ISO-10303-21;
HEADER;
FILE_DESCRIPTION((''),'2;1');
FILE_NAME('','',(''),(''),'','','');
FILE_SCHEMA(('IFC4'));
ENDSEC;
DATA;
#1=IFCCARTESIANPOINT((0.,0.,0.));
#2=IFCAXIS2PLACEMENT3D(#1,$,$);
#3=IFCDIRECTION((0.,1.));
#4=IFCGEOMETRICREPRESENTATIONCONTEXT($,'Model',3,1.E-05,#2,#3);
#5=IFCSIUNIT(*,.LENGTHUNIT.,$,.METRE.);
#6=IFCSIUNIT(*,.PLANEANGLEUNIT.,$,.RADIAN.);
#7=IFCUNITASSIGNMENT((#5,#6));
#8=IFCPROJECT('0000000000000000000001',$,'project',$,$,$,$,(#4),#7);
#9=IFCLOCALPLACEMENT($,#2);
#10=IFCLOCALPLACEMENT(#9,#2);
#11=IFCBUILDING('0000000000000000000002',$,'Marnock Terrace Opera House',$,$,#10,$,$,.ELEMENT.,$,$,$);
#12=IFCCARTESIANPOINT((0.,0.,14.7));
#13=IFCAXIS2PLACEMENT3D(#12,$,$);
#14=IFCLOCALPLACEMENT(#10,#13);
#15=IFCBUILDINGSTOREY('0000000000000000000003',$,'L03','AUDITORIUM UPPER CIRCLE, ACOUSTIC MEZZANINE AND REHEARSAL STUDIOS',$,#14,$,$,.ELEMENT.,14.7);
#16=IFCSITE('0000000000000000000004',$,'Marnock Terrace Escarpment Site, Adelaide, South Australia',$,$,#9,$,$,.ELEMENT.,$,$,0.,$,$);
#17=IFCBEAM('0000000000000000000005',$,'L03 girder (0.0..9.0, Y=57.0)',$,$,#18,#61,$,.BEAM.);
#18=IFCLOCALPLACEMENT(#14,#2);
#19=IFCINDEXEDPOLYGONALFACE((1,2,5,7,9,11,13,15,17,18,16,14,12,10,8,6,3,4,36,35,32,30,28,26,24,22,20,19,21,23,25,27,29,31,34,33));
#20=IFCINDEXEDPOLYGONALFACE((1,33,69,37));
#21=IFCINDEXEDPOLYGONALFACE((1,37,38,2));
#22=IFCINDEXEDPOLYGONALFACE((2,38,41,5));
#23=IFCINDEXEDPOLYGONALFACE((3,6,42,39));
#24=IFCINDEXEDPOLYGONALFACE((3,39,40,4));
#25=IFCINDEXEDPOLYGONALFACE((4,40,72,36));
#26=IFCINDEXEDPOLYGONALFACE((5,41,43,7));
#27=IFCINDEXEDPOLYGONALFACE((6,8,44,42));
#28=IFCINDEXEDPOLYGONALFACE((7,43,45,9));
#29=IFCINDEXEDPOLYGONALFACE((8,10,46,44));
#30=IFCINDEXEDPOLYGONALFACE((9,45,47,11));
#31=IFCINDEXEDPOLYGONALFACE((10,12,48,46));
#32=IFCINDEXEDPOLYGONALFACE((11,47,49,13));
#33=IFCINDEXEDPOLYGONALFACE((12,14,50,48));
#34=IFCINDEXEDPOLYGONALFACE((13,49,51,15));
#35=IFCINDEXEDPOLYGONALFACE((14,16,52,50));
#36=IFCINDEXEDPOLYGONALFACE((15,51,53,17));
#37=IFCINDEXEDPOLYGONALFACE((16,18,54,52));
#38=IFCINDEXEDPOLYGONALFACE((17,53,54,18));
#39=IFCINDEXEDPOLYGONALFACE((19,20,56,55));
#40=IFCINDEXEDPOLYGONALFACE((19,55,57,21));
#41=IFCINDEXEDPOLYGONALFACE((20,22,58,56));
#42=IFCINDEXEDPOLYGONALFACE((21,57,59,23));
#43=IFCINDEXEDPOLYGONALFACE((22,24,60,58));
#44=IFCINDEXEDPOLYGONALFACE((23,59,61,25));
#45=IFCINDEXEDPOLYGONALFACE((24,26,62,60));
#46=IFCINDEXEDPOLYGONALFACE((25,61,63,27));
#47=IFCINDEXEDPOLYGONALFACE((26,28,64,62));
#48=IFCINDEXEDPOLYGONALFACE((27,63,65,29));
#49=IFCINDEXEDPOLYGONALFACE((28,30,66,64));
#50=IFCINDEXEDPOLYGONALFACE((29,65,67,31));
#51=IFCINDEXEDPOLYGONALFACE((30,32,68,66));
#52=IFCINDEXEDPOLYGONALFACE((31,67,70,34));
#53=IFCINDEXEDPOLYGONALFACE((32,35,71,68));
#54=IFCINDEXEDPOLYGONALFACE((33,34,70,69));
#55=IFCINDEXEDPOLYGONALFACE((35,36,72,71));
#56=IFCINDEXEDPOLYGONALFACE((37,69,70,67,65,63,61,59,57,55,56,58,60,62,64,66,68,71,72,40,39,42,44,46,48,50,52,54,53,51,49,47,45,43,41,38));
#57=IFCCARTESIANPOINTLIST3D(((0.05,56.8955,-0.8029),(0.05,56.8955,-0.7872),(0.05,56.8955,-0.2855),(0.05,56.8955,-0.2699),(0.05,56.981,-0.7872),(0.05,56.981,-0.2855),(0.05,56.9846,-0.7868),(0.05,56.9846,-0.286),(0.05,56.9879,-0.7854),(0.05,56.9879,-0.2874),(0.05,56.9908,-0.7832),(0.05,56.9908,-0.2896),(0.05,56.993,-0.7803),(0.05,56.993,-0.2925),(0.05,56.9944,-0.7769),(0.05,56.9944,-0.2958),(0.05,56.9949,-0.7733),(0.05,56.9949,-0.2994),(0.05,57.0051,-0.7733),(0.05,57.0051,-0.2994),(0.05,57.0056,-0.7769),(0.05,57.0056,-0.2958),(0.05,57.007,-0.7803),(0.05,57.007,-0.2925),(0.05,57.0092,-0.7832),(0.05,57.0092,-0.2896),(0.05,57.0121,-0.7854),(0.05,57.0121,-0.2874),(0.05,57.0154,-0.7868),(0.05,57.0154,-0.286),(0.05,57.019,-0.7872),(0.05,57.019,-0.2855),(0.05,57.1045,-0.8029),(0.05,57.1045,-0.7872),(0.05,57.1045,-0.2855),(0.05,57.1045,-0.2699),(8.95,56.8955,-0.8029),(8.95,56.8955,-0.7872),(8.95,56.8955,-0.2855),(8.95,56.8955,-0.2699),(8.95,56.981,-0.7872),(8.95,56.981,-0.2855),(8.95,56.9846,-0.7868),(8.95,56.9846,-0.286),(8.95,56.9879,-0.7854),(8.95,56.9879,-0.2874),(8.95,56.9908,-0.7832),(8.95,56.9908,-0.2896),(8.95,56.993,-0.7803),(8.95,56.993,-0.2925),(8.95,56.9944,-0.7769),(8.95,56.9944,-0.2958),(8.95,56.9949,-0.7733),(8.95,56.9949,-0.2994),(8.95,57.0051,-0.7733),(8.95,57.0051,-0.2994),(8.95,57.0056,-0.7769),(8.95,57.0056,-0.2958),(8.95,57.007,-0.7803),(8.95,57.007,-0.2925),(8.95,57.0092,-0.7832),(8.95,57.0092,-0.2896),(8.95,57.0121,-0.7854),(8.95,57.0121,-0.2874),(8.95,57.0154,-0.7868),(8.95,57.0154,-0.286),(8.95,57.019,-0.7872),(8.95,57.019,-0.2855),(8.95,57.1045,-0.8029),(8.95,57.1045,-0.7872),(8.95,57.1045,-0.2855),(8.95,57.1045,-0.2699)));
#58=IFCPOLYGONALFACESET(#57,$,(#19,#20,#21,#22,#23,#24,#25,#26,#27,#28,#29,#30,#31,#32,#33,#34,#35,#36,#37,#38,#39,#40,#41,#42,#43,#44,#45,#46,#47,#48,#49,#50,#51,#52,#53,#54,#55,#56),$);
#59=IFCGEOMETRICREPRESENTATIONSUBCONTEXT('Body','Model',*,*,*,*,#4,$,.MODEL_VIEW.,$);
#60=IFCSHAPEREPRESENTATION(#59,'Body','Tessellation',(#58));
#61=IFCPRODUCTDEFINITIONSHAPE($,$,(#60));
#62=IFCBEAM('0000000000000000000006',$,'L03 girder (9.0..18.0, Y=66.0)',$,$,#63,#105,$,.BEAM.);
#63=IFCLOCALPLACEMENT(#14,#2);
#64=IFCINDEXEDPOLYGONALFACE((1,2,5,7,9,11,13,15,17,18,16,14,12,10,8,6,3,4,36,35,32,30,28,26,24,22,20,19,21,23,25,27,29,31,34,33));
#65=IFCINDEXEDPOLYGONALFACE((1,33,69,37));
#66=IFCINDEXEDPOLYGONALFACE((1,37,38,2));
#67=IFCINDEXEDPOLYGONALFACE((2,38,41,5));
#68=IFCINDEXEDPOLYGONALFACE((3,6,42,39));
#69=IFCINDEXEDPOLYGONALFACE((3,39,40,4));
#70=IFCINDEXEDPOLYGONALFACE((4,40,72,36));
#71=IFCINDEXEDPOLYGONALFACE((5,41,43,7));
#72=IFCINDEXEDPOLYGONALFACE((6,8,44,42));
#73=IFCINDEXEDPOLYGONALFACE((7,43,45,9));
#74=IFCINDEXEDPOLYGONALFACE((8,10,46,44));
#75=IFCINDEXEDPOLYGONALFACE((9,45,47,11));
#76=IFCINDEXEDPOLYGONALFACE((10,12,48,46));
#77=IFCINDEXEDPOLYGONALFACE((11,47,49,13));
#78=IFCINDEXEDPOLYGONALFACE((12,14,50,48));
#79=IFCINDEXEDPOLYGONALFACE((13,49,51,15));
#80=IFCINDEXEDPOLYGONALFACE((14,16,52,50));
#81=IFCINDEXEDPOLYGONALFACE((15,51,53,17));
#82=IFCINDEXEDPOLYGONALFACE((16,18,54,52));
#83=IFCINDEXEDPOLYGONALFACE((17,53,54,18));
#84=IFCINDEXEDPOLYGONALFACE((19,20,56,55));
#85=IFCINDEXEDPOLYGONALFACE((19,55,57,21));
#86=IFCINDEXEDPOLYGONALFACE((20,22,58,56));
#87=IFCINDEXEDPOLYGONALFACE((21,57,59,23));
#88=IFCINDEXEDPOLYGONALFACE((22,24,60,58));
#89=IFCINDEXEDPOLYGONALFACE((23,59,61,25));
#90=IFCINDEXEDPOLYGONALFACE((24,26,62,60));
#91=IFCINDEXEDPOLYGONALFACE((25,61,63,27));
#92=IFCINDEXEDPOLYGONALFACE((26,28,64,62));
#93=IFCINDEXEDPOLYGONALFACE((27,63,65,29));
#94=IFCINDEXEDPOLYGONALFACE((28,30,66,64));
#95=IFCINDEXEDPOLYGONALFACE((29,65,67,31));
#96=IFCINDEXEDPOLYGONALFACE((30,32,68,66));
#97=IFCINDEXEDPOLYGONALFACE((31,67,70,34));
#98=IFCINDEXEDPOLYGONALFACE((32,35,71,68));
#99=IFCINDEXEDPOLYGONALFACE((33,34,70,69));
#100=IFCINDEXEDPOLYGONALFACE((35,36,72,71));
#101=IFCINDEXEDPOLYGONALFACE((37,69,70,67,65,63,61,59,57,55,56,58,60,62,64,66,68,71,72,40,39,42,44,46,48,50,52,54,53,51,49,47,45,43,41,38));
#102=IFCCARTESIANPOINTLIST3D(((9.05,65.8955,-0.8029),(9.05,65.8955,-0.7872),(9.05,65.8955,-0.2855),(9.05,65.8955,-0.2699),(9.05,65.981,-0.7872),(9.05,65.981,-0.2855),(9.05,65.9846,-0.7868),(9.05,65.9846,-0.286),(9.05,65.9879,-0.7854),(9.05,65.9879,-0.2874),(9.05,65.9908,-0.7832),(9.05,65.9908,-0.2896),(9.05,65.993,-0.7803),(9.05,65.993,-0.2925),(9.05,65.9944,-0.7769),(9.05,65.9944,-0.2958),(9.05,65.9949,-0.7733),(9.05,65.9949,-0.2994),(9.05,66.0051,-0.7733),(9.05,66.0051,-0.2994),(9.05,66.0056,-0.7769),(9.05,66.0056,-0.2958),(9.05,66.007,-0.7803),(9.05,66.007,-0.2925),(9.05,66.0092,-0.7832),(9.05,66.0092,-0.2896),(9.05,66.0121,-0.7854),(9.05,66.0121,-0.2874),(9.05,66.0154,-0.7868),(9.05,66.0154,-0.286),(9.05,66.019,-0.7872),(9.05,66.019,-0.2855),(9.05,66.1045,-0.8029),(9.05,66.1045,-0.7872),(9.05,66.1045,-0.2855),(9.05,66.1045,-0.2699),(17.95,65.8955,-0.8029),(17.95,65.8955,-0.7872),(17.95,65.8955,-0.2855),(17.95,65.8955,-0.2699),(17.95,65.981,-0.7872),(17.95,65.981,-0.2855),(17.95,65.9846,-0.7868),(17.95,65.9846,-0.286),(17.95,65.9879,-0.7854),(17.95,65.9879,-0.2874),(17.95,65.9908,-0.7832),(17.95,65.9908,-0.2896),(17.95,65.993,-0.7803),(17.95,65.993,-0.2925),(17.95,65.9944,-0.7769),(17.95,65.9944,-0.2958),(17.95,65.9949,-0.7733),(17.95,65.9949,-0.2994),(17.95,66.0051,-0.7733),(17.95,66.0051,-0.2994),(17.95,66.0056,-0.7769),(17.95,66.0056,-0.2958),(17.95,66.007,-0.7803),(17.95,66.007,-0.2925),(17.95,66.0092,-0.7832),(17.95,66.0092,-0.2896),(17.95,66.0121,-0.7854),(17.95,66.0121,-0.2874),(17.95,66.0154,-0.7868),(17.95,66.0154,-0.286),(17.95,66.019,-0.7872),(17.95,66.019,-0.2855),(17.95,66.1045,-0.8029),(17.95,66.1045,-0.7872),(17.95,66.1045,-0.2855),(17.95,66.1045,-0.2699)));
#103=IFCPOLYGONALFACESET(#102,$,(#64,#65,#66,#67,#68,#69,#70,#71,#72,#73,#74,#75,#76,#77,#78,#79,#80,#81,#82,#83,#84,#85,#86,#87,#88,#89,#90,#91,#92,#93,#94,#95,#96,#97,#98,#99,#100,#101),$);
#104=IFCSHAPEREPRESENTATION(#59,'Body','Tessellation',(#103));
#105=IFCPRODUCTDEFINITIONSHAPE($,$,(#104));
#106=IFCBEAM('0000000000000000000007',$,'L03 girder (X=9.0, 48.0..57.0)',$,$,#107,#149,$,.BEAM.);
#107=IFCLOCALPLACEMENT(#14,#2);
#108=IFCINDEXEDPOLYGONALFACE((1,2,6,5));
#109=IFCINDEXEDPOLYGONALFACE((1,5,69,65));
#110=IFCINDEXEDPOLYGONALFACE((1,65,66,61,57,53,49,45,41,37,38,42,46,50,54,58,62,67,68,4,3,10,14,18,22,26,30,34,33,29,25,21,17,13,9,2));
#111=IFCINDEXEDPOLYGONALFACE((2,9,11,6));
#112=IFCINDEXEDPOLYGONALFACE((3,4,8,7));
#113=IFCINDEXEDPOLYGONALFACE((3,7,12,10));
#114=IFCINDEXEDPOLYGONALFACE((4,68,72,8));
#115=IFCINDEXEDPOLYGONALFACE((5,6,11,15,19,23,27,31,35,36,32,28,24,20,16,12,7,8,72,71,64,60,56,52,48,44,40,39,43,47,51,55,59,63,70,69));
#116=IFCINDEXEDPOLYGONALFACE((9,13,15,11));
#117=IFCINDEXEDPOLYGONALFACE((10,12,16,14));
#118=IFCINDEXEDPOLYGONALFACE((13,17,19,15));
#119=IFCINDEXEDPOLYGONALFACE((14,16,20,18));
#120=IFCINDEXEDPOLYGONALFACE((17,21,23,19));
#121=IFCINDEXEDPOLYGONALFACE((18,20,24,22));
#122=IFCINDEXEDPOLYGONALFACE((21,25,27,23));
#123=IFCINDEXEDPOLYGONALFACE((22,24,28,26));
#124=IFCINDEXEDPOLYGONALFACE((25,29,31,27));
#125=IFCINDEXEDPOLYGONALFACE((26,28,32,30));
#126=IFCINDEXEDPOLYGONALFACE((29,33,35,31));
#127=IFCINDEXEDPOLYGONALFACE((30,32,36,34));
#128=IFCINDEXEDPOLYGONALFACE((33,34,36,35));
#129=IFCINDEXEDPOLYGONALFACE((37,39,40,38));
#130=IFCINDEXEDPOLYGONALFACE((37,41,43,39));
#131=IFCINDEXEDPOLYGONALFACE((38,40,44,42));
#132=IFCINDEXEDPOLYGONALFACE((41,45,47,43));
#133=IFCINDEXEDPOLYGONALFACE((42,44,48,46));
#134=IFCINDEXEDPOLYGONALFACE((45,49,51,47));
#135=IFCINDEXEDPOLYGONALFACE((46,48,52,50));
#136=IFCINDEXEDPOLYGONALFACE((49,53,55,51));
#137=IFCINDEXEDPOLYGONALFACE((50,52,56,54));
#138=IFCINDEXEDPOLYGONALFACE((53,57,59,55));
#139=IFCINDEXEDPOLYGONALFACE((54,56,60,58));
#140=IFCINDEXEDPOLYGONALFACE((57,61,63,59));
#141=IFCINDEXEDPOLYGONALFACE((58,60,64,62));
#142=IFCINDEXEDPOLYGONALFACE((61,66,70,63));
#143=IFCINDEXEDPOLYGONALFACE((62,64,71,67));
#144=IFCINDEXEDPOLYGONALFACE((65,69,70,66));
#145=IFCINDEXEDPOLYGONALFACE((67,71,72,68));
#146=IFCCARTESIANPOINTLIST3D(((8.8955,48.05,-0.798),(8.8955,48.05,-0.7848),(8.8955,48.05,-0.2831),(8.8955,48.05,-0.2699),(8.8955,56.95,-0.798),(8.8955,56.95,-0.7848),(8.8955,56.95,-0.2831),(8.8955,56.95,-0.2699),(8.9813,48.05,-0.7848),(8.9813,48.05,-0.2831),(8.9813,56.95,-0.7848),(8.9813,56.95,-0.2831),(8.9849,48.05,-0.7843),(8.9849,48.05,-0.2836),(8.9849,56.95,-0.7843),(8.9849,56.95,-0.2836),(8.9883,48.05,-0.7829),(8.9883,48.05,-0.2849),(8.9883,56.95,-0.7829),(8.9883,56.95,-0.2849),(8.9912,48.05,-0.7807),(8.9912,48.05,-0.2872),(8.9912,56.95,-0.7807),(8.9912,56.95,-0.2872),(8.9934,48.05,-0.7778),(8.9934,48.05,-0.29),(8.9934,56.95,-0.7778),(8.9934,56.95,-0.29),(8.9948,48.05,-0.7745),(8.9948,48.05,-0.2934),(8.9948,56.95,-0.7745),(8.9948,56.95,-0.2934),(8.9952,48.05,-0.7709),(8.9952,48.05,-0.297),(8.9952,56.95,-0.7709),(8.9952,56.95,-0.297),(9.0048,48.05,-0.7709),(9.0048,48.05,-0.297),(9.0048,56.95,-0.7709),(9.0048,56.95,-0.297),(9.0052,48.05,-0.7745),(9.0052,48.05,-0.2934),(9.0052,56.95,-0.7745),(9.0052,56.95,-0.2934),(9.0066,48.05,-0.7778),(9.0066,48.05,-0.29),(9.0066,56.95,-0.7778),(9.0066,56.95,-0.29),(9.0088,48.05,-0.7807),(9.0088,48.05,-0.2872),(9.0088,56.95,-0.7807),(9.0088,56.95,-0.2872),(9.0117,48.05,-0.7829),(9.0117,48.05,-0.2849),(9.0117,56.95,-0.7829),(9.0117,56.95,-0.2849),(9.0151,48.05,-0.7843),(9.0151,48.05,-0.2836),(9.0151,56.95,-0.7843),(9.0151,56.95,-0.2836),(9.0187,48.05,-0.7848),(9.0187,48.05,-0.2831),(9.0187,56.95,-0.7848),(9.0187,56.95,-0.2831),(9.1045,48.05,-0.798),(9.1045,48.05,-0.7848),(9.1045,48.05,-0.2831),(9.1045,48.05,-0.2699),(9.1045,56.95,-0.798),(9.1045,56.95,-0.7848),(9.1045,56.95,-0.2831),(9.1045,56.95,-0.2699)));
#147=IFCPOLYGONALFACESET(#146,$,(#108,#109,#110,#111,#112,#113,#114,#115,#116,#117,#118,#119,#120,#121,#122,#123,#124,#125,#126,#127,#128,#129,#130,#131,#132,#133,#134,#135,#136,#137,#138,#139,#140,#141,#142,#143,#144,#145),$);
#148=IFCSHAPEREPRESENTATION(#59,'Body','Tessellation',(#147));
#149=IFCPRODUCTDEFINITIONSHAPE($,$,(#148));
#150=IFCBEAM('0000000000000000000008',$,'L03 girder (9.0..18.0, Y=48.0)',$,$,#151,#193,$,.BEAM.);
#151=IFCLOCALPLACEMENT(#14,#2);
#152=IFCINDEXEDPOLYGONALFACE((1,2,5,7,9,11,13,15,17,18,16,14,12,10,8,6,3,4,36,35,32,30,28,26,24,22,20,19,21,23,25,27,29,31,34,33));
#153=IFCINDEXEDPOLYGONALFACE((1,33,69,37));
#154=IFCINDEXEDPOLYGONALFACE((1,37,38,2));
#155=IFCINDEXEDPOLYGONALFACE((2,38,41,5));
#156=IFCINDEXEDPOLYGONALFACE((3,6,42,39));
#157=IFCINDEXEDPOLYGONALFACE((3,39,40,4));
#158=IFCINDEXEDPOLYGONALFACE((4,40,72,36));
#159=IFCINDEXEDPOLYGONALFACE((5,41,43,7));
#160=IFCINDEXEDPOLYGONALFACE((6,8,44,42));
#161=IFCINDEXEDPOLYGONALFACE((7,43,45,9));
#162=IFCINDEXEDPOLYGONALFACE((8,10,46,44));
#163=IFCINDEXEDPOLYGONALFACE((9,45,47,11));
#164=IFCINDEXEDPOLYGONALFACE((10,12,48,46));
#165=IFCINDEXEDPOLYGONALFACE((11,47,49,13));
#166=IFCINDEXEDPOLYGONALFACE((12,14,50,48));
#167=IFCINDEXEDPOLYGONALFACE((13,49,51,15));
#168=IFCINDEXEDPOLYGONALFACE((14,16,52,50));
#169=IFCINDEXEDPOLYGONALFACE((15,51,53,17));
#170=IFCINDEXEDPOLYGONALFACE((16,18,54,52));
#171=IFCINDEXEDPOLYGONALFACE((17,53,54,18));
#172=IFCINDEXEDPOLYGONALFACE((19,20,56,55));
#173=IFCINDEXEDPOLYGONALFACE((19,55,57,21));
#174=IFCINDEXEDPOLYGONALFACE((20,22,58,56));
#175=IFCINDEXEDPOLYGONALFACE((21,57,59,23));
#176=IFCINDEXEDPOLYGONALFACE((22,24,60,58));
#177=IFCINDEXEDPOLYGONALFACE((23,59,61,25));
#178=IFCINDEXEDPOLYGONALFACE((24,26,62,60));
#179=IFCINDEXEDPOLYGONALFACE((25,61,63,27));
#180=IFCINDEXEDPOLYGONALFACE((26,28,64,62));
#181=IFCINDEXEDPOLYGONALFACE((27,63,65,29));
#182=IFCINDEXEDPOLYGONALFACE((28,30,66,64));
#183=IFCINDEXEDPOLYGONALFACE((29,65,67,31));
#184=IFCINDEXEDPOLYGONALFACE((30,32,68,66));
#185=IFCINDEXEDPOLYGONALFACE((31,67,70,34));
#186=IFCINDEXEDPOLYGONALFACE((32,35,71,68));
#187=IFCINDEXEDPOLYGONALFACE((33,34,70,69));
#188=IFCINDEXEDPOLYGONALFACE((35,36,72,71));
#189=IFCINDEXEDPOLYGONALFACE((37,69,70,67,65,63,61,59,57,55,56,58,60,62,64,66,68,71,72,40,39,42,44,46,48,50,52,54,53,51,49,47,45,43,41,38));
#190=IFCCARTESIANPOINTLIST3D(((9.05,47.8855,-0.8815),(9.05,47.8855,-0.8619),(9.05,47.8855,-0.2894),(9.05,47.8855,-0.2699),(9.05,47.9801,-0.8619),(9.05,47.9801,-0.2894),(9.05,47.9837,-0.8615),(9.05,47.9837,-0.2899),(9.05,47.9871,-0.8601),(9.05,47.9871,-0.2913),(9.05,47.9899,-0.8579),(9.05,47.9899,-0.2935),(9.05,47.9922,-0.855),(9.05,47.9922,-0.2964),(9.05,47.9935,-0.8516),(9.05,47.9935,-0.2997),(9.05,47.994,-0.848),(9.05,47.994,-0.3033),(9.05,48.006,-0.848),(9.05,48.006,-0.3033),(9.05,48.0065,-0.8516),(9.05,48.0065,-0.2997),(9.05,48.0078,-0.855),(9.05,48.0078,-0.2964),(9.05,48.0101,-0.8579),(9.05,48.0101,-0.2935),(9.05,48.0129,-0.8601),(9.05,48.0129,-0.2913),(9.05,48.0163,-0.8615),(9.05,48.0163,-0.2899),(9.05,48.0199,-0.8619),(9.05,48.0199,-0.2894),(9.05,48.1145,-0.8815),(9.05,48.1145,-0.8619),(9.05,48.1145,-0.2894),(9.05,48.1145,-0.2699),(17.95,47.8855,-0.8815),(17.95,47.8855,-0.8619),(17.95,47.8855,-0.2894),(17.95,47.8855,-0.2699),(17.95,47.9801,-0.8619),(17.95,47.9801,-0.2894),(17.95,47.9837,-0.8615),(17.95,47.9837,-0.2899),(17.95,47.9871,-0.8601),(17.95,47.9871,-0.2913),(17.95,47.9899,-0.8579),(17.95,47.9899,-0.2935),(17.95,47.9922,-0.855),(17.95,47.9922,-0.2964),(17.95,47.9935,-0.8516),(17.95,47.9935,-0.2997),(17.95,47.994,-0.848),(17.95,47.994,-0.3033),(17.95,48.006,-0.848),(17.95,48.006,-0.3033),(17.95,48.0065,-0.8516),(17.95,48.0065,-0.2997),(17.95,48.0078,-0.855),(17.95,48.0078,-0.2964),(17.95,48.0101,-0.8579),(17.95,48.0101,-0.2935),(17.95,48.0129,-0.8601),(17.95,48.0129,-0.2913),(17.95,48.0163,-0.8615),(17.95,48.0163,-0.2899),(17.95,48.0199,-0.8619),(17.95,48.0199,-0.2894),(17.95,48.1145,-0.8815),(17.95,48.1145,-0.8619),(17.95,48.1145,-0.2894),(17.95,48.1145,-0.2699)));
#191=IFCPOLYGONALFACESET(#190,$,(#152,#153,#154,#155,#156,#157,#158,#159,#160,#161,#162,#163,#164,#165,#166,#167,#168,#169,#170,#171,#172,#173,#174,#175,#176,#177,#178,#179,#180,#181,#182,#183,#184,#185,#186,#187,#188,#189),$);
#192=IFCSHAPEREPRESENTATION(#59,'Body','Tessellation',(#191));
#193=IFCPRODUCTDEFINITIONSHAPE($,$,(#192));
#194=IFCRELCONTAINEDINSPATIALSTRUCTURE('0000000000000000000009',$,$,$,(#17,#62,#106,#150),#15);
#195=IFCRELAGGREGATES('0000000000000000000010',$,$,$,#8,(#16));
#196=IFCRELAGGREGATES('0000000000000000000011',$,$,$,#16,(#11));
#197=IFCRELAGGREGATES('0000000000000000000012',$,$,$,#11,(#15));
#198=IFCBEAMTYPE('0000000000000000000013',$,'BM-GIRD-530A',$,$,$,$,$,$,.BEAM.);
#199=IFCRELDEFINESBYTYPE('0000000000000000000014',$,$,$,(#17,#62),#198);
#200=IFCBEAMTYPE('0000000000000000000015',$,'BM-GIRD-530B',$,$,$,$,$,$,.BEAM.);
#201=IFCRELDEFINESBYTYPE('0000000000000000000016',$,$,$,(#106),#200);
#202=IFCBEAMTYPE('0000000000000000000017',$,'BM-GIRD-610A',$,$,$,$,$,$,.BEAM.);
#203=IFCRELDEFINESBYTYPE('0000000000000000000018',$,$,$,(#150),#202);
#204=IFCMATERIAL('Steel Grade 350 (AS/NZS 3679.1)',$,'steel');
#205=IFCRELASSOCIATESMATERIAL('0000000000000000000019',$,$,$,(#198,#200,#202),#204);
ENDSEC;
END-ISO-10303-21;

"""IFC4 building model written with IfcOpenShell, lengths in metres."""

from ifc_helpers import new_model, si_unit, direction, frame, origin, origin_2d, place, context, subcontext, project, spatial, i_section, extrude, material, material_profile, profile_set, type_object, element, save


model = new_model("IFC4")

# Units and contexts
model_context = context("Model", 3, precision=1e-05, world=origin(), true_north=direction((0.0, 1.0)))
body_context = subcontext(model_context, "Body", "Model", "MODEL_VIEW")
ifc_project = project(units=[si_unit("LENGTHUNIT", "METRE"), si_unit("PLANEANGLEUNIT", "RADIAN")], contexts=[model_context])

# Site, building, storey
site_placement = place(None, origin())
site = spatial("IfcSite", under=ifc_project, at=site_placement, Name="Marnock Terrace Escarpment Site, Adelaide, South Australia", CompositionType="ELEMENT", RefElevation=0.0)
building_placement = place(site_placement, origin())
building = spatial("IfcBuilding", under=site, at=building_placement, Name="Marnock Terrace Opera House", CompositionType="ELEMENT")
storey_placement = place(building_placement, frame((0.0, 0.0, 14.7)))
storey = spatial("IfcBuildingStorey", under=building, at=storey_placement, Name="L03", Description="AUDITORIUM UPPER CIRCLE, ACOUSTIC MEZZANINE AND REHEARSAL STUDIOS", CompositionType="ELEMENT", Elevation=14.7)

# Shared definitions
ifc_material_1 = material(Name="Steel Grade 350 (AS/NZS 3679.1)", Category="steel")

# Beams
ifc_material_profile_1 = material_profile(ifc_material_1, i_section(OverallWidth=0.209, OverallDepth=0.533, WebThickness=0.0103, FlangeThickness=0.0156, FilletRadius=0.0139, at=origin_2d()))
ifc_profile_set_1 = profile_set([ifc_material_profile_1], Name="Steel Grade 350 (AS/NZS 3679.1)")
beam_type_1 = type_object("IfcBeamType", Name="BM-GIRD-530A", PredefinedType="BEAM", material=ifc_profile_set_1)
for number, where, z_axis, x_axis, name in (
    (1, (0.05, 57.0, -0.5364), (1.0, 0.0, 0.0), (0.0, 1.0, 0.0), "L03 girder (0.0..9.0, Y=57.0)"),
    (2, (9.05, 66.0, -0.5364), (1.0, 0.0, 0.0), (0.0, 1.0, 0.0), "L03 girder (9.0..18.0, Y=66.0)"),
):
    element("IfcBeam", number, at=place(storey_placement, frame(where, z_axis=z_axis, x_axis=x_axis)), inside=storey, type_object=beam_type_1, Name=name, PredefinedType="BEAM", context=body_context, shape_type="SweptSolid", body=[
        extrude(i_section(OverallWidth=0.209, OverallDepth=0.533, WebThickness=0.0103, FlangeThickness=0.0156, FilletRadius=0.0139, at=origin_2d()), origin(), (0.0, 0.0, 1.0), 8.8999),
    ])
ifc_material_profile_2 = material_profile(ifc_material_1, i_section(OverallWidth=0.209, OverallDepth=0.5281, WebThickness=0.0095, FlangeThickness=0.0132, FilletRadius=0.0139, at=origin_2d()))
ifc_profile_set_2 = profile_set([ifc_material_profile_2], Name="Steel Grade 350 (AS/NZS 3679.1)")
beam_type_2 = type_object("IfcBeamType", Name="BM-GIRD-530B", PredefinedType="BEAM", material=ifc_profile_set_2)
beam_1_placement = place(storey_placement, frame((9.0, 48.05, -0.5339), z_axis=(0.0, 1.0, 0.0), x_axis=(-1.0, 0.0, 0.0)))
element("IfcBeam", 3, at=beam_1_placement, inside=storey, type_object=beam_type_2, Name="L03 girder (X=9.0, 48.0..57.0)", PredefinedType="BEAM", context=body_context, shape_type="SweptSolid", body=[
    extrude(i_section(OverallWidth=0.209, OverallDepth=0.5281, WebThickness=0.0095, FlangeThickness=0.0132, FilletRadius=0.0139, at=origin_2d()), origin(), (0.0, 0.0, 1.0), 8.8999),
])
ifc_material_profile_3 = material_profile(ifc_material_1, i_section(OverallWidth=0.229, OverallDepth=0.6116, WebThickness=0.012, FlangeThickness=0.0195, FilletRadius=0.0139, at=origin_2d()))
ifc_profile_set_3 = profile_set([ifc_material_profile_3], Name="Steel Grade 350 (AS/NZS 3679.1)")
beam_type_3 = type_object("IfcBeamType", Name="BM-GIRD-610A", PredefinedType="BEAM", material=ifc_profile_set_3)
for number, where, z_axis, x_axis, name in (
    (4, (9.05, 48.0, -0.5757), (1.0, 0.0, 0.0), (0.0, 1.0, 0.0), "L03 girder (9.0..18.0, Y=48.0)"),
):
    element("IfcBeam", number, at=place(storey_placement, frame(where, z_axis=z_axis, x_axis=x_axis)), inside=storey, type_object=beam_type_3, Name=name, PredefinedType="BEAM", context=body_context, shape_type="SweptSolid", body=[
        extrude(i_section(OverallWidth=0.229, OverallDepth=0.6116, WebThickness=0.012, FlangeThickness=0.0195, FilletRadius=0.0139, at=origin_2d()), origin(), (0.0, 0.0, 1.0), 8.8999),
    ])

save(model, "model.ifc")
